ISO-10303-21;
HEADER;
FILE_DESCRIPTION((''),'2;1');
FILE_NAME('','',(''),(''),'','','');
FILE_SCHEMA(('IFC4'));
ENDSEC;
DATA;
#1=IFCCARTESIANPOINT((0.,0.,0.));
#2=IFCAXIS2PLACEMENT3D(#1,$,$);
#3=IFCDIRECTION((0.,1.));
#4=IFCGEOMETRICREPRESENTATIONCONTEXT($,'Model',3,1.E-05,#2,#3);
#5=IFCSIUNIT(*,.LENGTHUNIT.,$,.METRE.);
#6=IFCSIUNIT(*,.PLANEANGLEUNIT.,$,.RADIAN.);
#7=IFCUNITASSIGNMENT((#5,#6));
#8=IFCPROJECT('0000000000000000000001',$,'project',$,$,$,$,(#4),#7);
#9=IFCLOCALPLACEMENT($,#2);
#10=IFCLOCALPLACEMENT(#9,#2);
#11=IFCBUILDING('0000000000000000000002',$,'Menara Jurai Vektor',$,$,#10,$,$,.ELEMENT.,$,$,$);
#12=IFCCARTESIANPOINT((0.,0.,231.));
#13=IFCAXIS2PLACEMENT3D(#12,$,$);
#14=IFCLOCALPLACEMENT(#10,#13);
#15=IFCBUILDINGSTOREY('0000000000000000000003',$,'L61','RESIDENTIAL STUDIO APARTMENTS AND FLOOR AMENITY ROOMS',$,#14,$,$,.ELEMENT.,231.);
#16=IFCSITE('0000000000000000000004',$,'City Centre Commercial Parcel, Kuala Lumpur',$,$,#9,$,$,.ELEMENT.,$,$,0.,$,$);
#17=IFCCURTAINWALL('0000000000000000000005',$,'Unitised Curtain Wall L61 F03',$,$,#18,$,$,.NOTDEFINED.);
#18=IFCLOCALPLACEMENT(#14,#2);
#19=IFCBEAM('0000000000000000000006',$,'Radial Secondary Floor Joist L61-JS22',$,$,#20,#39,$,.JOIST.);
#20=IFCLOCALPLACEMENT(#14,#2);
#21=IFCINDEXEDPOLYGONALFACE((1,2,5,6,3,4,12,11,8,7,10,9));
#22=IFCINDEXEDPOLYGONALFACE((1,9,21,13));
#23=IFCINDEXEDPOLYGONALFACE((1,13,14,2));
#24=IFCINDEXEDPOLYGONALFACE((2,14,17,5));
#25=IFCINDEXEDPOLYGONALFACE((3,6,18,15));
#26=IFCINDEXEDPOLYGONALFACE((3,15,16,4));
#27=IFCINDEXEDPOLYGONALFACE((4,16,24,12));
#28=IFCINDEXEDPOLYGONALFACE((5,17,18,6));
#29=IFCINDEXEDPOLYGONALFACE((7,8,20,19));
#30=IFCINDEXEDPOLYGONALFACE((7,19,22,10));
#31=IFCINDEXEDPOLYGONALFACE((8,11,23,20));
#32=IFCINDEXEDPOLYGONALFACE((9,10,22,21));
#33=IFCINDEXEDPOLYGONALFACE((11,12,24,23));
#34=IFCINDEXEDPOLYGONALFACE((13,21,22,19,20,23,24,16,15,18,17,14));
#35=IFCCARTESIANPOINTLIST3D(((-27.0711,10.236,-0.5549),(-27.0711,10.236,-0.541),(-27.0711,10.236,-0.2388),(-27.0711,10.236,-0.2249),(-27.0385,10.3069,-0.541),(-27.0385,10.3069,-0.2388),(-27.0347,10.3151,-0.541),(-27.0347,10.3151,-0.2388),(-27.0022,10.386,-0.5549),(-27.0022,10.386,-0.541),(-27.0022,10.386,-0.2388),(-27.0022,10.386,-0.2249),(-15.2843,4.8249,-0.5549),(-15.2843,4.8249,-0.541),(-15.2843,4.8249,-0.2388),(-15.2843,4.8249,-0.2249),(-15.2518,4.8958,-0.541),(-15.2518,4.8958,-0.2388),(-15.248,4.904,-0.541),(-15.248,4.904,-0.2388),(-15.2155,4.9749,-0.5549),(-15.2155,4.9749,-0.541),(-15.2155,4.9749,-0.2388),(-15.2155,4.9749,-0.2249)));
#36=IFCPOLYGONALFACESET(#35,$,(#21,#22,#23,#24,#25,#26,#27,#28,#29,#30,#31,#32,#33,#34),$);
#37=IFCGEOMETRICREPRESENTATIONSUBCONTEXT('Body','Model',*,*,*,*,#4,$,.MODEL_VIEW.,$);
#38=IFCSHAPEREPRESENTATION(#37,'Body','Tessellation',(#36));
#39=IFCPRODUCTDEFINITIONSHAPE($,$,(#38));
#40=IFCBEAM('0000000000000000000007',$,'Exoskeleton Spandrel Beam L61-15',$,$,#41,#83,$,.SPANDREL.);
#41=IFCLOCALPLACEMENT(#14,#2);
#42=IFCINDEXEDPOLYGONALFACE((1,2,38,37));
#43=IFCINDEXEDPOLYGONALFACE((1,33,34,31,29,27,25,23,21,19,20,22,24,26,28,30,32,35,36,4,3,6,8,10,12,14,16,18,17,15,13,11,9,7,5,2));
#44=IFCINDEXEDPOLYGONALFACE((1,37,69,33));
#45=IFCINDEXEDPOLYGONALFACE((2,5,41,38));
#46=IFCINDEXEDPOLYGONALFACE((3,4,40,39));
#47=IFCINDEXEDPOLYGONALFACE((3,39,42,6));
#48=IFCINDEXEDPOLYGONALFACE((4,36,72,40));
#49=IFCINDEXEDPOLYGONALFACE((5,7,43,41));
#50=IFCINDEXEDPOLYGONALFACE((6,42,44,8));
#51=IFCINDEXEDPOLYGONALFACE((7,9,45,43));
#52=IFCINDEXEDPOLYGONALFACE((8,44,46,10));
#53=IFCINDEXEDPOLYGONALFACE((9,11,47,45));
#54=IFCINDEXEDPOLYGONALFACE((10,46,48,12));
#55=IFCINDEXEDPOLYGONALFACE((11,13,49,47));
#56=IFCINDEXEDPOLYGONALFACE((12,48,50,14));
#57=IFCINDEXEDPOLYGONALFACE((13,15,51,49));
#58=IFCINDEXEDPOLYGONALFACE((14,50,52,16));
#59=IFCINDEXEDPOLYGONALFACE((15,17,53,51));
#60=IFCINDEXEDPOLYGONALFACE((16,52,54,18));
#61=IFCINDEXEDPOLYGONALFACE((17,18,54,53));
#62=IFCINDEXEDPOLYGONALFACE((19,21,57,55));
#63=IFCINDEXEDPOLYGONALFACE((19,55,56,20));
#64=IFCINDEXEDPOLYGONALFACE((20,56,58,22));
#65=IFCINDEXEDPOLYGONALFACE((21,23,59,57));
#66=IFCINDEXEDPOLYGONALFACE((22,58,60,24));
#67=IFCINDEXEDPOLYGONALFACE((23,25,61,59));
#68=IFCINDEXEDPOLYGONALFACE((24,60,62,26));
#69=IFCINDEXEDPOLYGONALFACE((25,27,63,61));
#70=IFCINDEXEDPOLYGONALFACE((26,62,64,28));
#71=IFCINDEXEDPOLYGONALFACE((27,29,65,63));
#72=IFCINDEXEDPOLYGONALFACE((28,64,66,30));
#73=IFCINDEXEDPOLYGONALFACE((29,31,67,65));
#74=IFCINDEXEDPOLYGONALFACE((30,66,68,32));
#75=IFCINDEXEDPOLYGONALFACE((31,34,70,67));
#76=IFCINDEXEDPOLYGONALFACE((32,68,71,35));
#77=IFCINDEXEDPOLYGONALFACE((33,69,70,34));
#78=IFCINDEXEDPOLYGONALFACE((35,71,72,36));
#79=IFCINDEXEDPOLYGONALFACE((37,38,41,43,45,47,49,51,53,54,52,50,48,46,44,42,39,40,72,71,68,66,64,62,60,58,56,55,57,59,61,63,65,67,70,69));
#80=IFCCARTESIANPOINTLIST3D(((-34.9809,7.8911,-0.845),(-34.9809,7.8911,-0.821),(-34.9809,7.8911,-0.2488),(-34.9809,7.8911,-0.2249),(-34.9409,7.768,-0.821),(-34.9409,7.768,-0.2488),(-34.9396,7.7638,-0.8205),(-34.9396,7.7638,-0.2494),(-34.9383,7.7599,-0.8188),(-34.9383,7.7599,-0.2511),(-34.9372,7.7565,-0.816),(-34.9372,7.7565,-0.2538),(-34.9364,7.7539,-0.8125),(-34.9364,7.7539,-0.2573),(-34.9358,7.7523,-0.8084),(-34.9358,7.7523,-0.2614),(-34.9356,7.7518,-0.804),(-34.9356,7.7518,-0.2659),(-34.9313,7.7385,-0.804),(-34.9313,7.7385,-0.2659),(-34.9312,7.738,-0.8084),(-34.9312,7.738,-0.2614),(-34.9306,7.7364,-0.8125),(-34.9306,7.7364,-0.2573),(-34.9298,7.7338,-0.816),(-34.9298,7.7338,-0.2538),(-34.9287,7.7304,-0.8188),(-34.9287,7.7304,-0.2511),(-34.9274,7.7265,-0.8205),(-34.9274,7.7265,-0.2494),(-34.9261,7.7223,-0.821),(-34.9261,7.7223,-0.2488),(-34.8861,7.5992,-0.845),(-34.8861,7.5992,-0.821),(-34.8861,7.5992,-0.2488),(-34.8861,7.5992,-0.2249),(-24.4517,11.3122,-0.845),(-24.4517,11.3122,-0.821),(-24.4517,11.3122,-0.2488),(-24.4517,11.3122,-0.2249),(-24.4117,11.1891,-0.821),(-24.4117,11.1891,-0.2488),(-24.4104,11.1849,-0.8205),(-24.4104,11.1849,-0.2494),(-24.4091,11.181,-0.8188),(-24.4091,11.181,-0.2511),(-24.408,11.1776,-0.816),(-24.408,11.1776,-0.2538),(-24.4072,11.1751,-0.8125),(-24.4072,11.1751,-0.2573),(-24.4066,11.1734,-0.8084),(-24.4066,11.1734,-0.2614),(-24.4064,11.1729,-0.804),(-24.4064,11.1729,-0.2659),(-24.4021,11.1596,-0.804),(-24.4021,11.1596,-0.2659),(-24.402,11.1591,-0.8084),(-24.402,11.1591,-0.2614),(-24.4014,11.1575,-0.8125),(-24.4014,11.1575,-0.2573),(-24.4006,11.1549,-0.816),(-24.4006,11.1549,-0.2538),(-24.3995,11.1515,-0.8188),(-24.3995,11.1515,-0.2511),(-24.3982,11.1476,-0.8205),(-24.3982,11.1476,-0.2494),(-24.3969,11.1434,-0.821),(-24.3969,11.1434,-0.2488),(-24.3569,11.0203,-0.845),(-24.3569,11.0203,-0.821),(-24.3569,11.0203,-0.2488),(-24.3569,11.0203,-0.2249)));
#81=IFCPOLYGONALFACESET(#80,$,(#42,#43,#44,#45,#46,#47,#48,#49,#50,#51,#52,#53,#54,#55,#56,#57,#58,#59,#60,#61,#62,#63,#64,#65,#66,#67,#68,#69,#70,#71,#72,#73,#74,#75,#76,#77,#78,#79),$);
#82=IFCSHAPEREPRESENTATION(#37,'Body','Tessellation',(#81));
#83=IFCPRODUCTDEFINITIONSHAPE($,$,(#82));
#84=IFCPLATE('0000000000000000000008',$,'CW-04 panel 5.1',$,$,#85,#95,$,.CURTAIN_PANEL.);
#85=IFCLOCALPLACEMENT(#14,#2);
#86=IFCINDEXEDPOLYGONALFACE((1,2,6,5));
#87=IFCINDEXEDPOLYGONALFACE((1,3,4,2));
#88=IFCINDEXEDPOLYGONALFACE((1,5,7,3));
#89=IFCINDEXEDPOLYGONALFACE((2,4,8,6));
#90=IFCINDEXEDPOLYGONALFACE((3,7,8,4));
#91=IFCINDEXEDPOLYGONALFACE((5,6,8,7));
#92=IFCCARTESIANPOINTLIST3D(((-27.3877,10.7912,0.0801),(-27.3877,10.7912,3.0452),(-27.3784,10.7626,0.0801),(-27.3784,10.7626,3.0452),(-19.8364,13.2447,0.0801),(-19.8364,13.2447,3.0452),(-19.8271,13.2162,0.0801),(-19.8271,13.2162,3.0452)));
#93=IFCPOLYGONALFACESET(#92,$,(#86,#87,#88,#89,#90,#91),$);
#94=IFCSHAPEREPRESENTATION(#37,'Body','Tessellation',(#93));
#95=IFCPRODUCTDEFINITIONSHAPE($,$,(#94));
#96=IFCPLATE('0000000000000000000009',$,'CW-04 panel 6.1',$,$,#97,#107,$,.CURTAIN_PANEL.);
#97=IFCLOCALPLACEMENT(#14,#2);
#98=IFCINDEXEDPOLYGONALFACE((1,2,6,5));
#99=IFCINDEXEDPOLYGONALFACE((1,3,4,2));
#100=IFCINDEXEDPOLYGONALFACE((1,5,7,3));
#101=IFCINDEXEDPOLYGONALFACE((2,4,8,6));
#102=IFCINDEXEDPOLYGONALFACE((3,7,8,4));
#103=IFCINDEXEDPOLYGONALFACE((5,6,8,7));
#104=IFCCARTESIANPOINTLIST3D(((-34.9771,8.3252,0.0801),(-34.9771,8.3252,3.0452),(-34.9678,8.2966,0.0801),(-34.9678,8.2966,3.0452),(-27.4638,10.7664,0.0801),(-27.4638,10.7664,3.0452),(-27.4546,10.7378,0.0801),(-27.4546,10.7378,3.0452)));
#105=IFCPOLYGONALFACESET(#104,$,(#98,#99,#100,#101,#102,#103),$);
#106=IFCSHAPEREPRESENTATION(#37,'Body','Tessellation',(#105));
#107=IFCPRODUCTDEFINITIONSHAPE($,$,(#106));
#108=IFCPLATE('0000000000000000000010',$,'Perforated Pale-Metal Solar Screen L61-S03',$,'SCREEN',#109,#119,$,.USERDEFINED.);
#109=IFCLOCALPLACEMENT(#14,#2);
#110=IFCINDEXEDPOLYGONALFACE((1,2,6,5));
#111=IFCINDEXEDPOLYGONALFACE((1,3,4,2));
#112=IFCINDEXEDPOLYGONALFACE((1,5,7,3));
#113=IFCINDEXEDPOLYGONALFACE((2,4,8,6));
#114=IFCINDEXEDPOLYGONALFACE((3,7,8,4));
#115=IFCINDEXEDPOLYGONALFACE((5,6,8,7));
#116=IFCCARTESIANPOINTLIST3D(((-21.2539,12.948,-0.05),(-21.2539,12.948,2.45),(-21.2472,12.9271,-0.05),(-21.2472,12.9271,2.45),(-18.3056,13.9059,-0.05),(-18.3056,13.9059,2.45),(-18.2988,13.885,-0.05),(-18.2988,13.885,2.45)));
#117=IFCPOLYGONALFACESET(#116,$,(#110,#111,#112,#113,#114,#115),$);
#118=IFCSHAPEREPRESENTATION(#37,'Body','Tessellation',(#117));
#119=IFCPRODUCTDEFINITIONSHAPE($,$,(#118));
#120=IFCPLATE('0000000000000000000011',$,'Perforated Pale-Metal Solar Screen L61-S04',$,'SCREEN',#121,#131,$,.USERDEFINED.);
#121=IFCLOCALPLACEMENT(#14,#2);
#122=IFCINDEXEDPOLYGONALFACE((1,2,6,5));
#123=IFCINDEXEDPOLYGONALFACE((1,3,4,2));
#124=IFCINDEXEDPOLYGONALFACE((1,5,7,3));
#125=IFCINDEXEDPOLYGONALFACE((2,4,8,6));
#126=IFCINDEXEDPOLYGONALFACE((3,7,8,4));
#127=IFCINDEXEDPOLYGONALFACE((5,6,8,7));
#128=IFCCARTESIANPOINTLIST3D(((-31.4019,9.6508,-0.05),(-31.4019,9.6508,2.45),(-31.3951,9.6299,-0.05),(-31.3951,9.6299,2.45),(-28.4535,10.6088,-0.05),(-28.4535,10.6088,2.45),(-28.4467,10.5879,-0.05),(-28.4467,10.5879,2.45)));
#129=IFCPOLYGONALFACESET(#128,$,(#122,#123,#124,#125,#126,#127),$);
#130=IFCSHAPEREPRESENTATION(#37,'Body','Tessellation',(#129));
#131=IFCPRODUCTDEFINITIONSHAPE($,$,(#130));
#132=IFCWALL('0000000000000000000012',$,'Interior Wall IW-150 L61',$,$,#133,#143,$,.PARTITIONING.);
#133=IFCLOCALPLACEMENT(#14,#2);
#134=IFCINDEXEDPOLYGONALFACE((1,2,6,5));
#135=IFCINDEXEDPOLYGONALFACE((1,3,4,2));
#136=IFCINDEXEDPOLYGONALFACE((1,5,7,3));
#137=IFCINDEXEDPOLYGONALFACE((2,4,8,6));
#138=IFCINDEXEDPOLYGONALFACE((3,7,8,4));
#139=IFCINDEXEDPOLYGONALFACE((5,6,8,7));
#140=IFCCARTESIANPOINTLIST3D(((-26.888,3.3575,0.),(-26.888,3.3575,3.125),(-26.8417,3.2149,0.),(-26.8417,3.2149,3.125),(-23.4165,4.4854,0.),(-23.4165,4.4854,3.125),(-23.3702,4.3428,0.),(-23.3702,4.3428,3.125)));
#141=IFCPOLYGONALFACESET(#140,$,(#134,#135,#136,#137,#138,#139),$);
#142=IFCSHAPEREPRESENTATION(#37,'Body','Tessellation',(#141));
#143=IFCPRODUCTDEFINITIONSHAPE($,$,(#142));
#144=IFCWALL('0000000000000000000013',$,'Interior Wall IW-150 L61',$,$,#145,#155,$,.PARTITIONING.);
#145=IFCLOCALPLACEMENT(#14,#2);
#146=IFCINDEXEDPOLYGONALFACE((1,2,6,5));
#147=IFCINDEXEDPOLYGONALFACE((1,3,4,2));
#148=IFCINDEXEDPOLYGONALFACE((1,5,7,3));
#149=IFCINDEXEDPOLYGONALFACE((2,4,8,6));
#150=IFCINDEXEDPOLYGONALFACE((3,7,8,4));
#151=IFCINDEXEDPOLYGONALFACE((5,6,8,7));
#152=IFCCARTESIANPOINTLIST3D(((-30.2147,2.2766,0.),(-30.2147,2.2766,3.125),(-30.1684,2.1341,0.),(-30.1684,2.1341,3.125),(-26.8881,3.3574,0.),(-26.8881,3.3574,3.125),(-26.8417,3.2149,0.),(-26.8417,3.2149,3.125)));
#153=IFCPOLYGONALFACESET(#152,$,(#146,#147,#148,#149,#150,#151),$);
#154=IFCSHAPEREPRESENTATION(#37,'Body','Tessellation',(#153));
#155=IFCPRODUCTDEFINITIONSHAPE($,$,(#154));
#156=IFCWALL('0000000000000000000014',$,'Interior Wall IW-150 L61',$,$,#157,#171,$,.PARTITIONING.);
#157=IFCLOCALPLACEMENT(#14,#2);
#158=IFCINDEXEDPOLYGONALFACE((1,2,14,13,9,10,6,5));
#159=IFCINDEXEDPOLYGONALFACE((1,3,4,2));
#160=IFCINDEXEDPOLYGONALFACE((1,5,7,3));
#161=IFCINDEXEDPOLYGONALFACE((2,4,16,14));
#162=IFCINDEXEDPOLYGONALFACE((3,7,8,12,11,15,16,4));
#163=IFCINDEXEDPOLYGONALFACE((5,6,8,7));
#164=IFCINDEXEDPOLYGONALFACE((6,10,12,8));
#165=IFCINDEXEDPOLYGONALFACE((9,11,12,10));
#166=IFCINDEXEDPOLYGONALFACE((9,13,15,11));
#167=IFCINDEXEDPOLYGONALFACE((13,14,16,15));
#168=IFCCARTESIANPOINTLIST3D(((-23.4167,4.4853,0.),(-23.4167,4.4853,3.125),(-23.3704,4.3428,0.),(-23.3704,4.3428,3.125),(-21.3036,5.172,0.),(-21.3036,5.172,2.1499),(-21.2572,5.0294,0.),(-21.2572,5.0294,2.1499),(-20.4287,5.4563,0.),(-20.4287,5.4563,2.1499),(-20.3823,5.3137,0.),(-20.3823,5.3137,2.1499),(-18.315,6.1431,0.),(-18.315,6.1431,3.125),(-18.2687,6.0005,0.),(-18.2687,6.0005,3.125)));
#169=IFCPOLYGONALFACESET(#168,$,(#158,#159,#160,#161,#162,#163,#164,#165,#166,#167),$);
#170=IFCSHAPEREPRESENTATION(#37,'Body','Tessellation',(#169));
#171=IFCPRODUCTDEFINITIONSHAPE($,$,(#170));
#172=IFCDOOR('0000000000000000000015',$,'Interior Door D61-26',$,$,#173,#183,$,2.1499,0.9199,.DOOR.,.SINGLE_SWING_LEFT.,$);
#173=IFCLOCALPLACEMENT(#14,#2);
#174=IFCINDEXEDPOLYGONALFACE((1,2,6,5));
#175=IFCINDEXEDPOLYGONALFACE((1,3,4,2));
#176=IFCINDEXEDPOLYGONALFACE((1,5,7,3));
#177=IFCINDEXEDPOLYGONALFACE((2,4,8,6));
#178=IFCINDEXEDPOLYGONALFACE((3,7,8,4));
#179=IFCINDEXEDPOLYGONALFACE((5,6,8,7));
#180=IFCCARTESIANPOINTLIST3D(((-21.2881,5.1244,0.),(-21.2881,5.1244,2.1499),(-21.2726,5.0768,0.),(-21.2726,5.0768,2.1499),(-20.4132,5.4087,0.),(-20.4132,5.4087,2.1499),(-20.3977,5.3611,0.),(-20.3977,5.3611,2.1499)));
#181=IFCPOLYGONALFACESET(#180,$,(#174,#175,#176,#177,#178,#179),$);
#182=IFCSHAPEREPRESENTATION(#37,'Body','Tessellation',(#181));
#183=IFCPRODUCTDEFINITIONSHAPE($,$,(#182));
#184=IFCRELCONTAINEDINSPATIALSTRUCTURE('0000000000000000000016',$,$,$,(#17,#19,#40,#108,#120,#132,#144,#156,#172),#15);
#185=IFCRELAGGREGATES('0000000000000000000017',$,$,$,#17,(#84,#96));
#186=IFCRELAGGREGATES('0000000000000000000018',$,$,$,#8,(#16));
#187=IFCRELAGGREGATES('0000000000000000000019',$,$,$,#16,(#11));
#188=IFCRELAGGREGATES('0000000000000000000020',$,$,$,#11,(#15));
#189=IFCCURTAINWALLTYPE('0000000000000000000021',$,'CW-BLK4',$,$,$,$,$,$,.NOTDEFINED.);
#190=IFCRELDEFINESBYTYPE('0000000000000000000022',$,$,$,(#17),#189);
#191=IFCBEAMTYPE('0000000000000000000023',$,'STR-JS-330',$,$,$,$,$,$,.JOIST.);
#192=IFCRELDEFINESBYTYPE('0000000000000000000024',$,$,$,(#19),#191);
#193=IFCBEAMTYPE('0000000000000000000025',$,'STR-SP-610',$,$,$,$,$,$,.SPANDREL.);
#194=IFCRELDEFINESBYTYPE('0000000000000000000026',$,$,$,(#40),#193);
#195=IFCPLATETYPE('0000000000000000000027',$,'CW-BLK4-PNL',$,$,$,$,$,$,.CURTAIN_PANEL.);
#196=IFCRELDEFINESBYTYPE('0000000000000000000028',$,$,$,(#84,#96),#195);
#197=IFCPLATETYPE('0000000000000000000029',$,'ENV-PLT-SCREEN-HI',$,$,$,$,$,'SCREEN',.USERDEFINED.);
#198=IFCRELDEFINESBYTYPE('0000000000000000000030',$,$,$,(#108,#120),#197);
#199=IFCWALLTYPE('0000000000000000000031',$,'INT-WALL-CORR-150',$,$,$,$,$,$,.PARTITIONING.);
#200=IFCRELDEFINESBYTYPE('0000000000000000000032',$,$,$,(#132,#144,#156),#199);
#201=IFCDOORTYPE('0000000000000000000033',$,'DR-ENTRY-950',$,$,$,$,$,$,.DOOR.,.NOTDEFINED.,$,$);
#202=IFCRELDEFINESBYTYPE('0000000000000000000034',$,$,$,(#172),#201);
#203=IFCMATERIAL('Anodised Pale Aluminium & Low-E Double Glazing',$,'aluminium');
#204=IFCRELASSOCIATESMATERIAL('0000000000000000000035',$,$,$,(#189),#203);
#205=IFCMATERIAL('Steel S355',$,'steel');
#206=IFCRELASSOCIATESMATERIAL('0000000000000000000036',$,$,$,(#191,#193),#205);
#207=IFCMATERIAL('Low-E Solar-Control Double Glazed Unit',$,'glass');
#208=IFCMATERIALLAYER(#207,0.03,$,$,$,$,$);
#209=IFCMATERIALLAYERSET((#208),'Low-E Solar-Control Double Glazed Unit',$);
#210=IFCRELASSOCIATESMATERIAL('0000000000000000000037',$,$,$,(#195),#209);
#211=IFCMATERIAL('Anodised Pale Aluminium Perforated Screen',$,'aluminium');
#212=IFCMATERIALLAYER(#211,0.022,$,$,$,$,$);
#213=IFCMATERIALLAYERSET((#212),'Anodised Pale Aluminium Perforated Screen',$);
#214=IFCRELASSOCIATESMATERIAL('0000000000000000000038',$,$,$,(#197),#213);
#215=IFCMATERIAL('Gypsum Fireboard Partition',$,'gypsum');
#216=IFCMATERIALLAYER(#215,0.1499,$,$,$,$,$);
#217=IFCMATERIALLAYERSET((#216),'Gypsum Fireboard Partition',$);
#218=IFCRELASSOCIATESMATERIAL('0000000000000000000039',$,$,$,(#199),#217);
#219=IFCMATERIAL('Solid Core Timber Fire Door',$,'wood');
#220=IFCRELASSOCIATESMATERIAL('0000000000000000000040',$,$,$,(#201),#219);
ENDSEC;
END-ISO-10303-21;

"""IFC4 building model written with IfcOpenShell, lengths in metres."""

from ifc_helpers import new_model, si_unit, direction, frame, frame_2d, origin, origin_2d, place, context, subcontext, project, spatial, rectangle, i_section, extrude, material, layer, layer_set, material_profile, profile_set, type_object, element, fill, aggregate, save


model = new_model("IFC4")

# Units and contexts
model_context = context("Model", 3, precision=1e-05, world=origin(), true_north=direction((0.0, 1.0)))
body_context = subcontext(model_context, "Body", "Model", "MODEL_VIEW")
ifc_project = project(units=[si_unit("LENGTHUNIT", "METRE"), si_unit("PLANEANGLEUNIT", "RADIAN")], contexts=[model_context])

# Site, building, storey
site_placement = place(None, origin())
site = spatial("IfcSite", under=ifc_project, at=site_placement, Name="City Centre Commercial Parcel, Kuala Lumpur", CompositionType="ELEMENT", RefElevation=0.0)
building_placement = place(site_placement, origin())
building = spatial("IfcBuilding", under=site, at=building_placement, Name="Menara Jurai Vektor", CompositionType="ELEMENT")
storey_placement = place(building_placement, frame((0.0, 0.0, 231.0)))
storey = spatial("IfcBuildingStorey", under=building, at=storey_placement, Name="L61", Description="RESIDENTIAL STUDIO APARTMENTS AND FLOOR AMENITY ROOMS", CompositionType="ELEMENT", Elevation=231.0)

# Curtain wall
ifc_material_1 = material(Name="Anodised Pale Aluminium & Low-E Double Glazing", Category="aluminium")
curtain_wall_type = type_object("IfcCurtainWallType", Name="CW-BLK4", PredefinedType="NOTDEFINED", material=ifc_material_1)
curtain_wall_placement = place(storey_placement, origin())
curtain_wall = element("IfcCurtainWall", 1, at=curtain_wall_placement, inside=storey, type_object=curtain_wall_type, Name="Unitised Curtain Wall L61 F03", PredefinedType="NOTDEFINED")

# Beams
ifc_material_2 = material(Name="Steel S355", Category="steel")
ifc_material_profile_1 = material_profile(ifc_material_2, i_section(OverallWidth=0.165, OverallDepth=0.3301, WebThickness=0.009, FlangeThickness=0.0139, at=origin_2d()), Name="PG 330x165x46")
ifc_profile_set_1 = profile_set([ifc_material_profile_1], Name="Steel S355")
beam_type_1 = type_object("IfcBeamType", Name="STR-JS-330", PredefinedType="JOIST", material=ifc_profile_set_1)
beam_1_placement = place(storey_placement, frame((-27.0366, 10.311, -0.3899), z_axis=(0.908804, -0.417224, 0.0), x_axis=(0.417224, 0.908804, 0.0)))
element("IfcBeam", 2, at=beam_1_placement, inside=storey, type_object=beam_type_1, Name="Radial Secondary Floor Joist L61-JS22", PredefinedType="JOIST", context=body_context, shape_type="SweptSolid", body=[
    extrude(i_section(OverallWidth=0.165, OverallDepth=0.3301, WebThickness=0.009, FlangeThickness=0.0139, at=origin_2d()), origin(), (0.0, 0.0, 1.0), 12.9695),
])
ifc_material_profile_2 = material_profile(ifc_material_2, i_section(OverallWidth=0.3069, OverallDepth=0.6201, WebThickness=0.0139, FlangeThickness=0.0239, FilletRadius=0.0171, at=origin_2d()), Name="UKB 610x305x179")
ifc_profile_set_2 = profile_set([ifc_material_profile_2], Name="Steel S355")
beam_type_2 = type_object("IfcBeamType", Name="STR-SP-610", PredefinedType="SPANDREL", material=ifc_profile_set_2)
beam_2_placement = place(storey_placement, frame((-24.4043, 11.1663, -0.5349), z_axis=(-0.951057, -0.309014, 0.0), x_axis=(0.309014, -0.951057, 0.0)))
element("IfcBeam", 3, at=beam_2_placement, inside=storey, type_object=beam_type_2, Name="Exoskeleton Spandrel Beam L61-15", PredefinedType="SPANDREL", context=body_context, shape_type="SweptSolid", body=[
    extrude(i_section(OverallWidth=0.3069, OverallDepth=0.6201, WebThickness=0.0139, FlangeThickness=0.0239, FilletRadius=0.0171, at=origin_2d()), origin(), (0.0, 0.0, 1.0), 11.071),
])

# Plates
ifc_material_3 = material(Name="Low-E Solar-Control Double Glazed Unit", Category="glass")
ifc_layer_1 = layer(ifc_material_3, 0.03)
ifc_layer_set_1 = layer_set([ifc_layer_1], Name="Low-E Solar-Control Double Glazed Unit")
plate_type_1 = type_object("IfcPlateType", Name="CW-BLK4-PNL", PredefinedType="CURTAIN_PANEL", material=ifc_layer_set_1)
plate_1_placement = place(storey_placement, frame((-23.6074, 12.0037, 0.0801), z_axis=(0.0, 0.0, 1.0), x_axis=(-0.951056, -0.309017, 0.0)))
plate_1 = element("IfcPlate", 4, at=plate_1_placement, type_object=plate_type_1, Name="CW-04 panel 5.1", PredefinedType="CURTAIN_PANEL", context=body_context, shape_type="SweptSolid", body=[
    extrude(rectangle(XDim=7.9399, YDim=0.03, at=origin_2d()), origin(), (0.0, 0.0, 1.0), 2.9651),
])
plate_2_placement = place(storey_placement, frame((-31.2158, 9.5315, 0.0801), z_axis=(0.0, 0.0, 1.0), x_axis=(-0.951056, -0.309017, 0.0)))
plate_2 = element("IfcPlate", 5, at=plate_2_placement, type_object=plate_type_1, Name="CW-04 panel 6.1", PredefinedType="CURTAIN_PANEL", context=body_context, shape_type="SweptSolid", body=[
    extrude(rectangle(XDim=7.8999, YDim=0.03, at=origin_2d()), origin(), (0.0, 0.0, 1.0), 2.9651),
])
aggregate(curtain_wall, [plate_1, plate_2])

# Plates
ifc_material_4 = material(Name="Anodised Pale Aluminium Perforated Screen", Category="aluminium")
ifc_layer_2 = layer(ifc_material_4, 0.022)
ifc_layer_set_2 = layer_set([ifc_layer_2], Name="Anodised Pale Aluminium Perforated Screen")
plate_type_2 = type_object("IfcPlateType", Name="ENV-PLT-SCREEN-HI", ElementType="SCREEN", PredefinedType="USERDEFINED", material=ifc_layer_set_2)
for number, where, z_axis, x_axis, name in (
    (6, (-19.7764, 13.4165, -0.05), (0.0, 0.0, 1.0), (-0.951057, -0.309017, 0.0), "Perforated Pale-Metal Solar Screen L61-S03"),
    (7, (-29.9243, 10.1194, -0.05), (0.0, 0.0, 1.0), (-0.951057, -0.309017, 0.0), "Perforated Pale-Metal Solar Screen L61-S04"),
):
    element("IfcPlate", number, at=place(storey_placement, frame(where, z_axis=z_axis, x_axis=x_axis)), inside=storey, type_object=plate_type_2, Name=name, ObjectType="SCREEN", PredefinedType="USERDEFINED", context=body_context, shape_type="SweptSolid", body=[
        extrude(rectangle(XDim=3.1001, YDim=0.022, at=origin_2d()), origin(), (0.0, 0.0, 1.0), 2.5),
    ])

# Walls
ifc_material_5 = material(Name="Gypsum Fireboard Partition", Category="gypsum")
ifc_layer_3 = layer(ifc_material_5, 0.1499)
ifc_layer_set_3 = layer_set([ifc_layer_3], Name="Gypsum Fireboard Partition")
wall_type_1 = type_object("IfcWallType", Name="INT-WALL-CORR-150", PredefinedType="PARTITIONING", material=ifc_layer_set_3)
wall_1_placement = place(storey_placement, frame((-26.865, 3.2861, 0.0), z_axis=(0.0, 0.0, 1.0), x_axis=(0.951057, 0.309015, 0.0)))
element("IfcWall", 8, at=wall_1_placement, inside=storey, type_object=wall_type_1, Name="Interior Wall IW-150 L61", PredefinedType="PARTITIONING", context=body_context, shape_type="SweptSolid", body=[
    extrude(rectangle(XDim=3.6501, YDim=0.1499, at=frame_2d((1.8252, 0.0))), origin(), (0.0, 0.0, 1.0), 3.125),
])
wall_2_placement = place(storey_placement, frame((-30.1917, 2.2053, 0.0), z_axis=(0.0, 0.0, 1.0), x_axis=(0.951064, 0.308995, 0.0)))
element("IfcWall", 9, at=wall_2_placement, inside=storey, type_object=wall_type_1, Name="Interior Wall IW-150 L61", PredefinedType="PARTITIONING", context=body_context, shape_type="SweptSolid", body=[
    extrude(rectangle(XDim=3.4978, YDim=0.1499, at=frame_2d((1.749, 0.0))), origin(), (0.0, 0.0, 1.0), 3.125),
])

# Wall, opening, door
wall_3_placement = place(storey_placement, frame((-23.3936, 4.4141, 0.0), z_axis=(0.0, 0.0, 1.0), x_axis=(0.95105, 0.309037, 0.0)))
wall_3 = element("IfcWall", 10, at=wall_3_placement, inside=storey, type_object=wall_type_1, Name="Interior Wall IW-150 L61", PredefinedType="PARTITIONING", context=body_context, shape_type="SweptSolid", body=[
    extrude(rectangle(XDim=5.3643, YDim=0.1499, at=frame_2d((2.6821, 0.0))), origin(), (0.0, 0.0, 1.0), 3.125),
])
opening_1_placement = place(wall_3_placement, frame((2.2219, 0.0, 0.0)))
opening_1 = element("IfcOpeningElement", 11, at=opening_1_placement, cuts=wall_3, PredefinedType="OPENING", context=body_context, shape_type="SweptSolid", body=[
    extrude(rectangle(XDim=0.9199, YDim=2.1499, at=frame_2d((0.46, 1.075))), frame((0.0, 0.085, 0.0), z_axis=(0.0, -1.0, 0.0), x_axis=(1.0, 0.0, 0.0)), (0.0, 0.0, 1.0), 0.1699),
])
ifc_material_6 = material(Name="Solid Core Timber Fire Door", Category="wood")
door_type_1 = type_object("IfcDoorType", Name="DR-ENTRY-950", OperationType="NOTDEFINED", PredefinedType="DOOR", material=ifc_material_6)
door_1_placement = place(opening_1_placement, origin())
door_1 = element("IfcDoor", 12, at=door_1_placement, inside=storey, type_object=door_type_1, Name="Interior Door D61-26", OperationType="SINGLE_SWING_LEFT", OverallHeight=2.1499, OverallWidth=0.9199, PredefinedType="DOOR", context=body_context, shape_type="SweptSolid", body=[
    extrude(rectangle(XDim=0.9199, YDim=2.1499, at=frame_2d((0.46, 1.075))), frame((0.0, 0.0249, 0.0), z_axis=(0.0, -1.0, 0.0), x_axis=(1.0, 0.0, 0.0)), (0.0, 0.0, 1.0), 0.05),
])
fill(opening_1, door_1)

save(model, "model.ifc")
